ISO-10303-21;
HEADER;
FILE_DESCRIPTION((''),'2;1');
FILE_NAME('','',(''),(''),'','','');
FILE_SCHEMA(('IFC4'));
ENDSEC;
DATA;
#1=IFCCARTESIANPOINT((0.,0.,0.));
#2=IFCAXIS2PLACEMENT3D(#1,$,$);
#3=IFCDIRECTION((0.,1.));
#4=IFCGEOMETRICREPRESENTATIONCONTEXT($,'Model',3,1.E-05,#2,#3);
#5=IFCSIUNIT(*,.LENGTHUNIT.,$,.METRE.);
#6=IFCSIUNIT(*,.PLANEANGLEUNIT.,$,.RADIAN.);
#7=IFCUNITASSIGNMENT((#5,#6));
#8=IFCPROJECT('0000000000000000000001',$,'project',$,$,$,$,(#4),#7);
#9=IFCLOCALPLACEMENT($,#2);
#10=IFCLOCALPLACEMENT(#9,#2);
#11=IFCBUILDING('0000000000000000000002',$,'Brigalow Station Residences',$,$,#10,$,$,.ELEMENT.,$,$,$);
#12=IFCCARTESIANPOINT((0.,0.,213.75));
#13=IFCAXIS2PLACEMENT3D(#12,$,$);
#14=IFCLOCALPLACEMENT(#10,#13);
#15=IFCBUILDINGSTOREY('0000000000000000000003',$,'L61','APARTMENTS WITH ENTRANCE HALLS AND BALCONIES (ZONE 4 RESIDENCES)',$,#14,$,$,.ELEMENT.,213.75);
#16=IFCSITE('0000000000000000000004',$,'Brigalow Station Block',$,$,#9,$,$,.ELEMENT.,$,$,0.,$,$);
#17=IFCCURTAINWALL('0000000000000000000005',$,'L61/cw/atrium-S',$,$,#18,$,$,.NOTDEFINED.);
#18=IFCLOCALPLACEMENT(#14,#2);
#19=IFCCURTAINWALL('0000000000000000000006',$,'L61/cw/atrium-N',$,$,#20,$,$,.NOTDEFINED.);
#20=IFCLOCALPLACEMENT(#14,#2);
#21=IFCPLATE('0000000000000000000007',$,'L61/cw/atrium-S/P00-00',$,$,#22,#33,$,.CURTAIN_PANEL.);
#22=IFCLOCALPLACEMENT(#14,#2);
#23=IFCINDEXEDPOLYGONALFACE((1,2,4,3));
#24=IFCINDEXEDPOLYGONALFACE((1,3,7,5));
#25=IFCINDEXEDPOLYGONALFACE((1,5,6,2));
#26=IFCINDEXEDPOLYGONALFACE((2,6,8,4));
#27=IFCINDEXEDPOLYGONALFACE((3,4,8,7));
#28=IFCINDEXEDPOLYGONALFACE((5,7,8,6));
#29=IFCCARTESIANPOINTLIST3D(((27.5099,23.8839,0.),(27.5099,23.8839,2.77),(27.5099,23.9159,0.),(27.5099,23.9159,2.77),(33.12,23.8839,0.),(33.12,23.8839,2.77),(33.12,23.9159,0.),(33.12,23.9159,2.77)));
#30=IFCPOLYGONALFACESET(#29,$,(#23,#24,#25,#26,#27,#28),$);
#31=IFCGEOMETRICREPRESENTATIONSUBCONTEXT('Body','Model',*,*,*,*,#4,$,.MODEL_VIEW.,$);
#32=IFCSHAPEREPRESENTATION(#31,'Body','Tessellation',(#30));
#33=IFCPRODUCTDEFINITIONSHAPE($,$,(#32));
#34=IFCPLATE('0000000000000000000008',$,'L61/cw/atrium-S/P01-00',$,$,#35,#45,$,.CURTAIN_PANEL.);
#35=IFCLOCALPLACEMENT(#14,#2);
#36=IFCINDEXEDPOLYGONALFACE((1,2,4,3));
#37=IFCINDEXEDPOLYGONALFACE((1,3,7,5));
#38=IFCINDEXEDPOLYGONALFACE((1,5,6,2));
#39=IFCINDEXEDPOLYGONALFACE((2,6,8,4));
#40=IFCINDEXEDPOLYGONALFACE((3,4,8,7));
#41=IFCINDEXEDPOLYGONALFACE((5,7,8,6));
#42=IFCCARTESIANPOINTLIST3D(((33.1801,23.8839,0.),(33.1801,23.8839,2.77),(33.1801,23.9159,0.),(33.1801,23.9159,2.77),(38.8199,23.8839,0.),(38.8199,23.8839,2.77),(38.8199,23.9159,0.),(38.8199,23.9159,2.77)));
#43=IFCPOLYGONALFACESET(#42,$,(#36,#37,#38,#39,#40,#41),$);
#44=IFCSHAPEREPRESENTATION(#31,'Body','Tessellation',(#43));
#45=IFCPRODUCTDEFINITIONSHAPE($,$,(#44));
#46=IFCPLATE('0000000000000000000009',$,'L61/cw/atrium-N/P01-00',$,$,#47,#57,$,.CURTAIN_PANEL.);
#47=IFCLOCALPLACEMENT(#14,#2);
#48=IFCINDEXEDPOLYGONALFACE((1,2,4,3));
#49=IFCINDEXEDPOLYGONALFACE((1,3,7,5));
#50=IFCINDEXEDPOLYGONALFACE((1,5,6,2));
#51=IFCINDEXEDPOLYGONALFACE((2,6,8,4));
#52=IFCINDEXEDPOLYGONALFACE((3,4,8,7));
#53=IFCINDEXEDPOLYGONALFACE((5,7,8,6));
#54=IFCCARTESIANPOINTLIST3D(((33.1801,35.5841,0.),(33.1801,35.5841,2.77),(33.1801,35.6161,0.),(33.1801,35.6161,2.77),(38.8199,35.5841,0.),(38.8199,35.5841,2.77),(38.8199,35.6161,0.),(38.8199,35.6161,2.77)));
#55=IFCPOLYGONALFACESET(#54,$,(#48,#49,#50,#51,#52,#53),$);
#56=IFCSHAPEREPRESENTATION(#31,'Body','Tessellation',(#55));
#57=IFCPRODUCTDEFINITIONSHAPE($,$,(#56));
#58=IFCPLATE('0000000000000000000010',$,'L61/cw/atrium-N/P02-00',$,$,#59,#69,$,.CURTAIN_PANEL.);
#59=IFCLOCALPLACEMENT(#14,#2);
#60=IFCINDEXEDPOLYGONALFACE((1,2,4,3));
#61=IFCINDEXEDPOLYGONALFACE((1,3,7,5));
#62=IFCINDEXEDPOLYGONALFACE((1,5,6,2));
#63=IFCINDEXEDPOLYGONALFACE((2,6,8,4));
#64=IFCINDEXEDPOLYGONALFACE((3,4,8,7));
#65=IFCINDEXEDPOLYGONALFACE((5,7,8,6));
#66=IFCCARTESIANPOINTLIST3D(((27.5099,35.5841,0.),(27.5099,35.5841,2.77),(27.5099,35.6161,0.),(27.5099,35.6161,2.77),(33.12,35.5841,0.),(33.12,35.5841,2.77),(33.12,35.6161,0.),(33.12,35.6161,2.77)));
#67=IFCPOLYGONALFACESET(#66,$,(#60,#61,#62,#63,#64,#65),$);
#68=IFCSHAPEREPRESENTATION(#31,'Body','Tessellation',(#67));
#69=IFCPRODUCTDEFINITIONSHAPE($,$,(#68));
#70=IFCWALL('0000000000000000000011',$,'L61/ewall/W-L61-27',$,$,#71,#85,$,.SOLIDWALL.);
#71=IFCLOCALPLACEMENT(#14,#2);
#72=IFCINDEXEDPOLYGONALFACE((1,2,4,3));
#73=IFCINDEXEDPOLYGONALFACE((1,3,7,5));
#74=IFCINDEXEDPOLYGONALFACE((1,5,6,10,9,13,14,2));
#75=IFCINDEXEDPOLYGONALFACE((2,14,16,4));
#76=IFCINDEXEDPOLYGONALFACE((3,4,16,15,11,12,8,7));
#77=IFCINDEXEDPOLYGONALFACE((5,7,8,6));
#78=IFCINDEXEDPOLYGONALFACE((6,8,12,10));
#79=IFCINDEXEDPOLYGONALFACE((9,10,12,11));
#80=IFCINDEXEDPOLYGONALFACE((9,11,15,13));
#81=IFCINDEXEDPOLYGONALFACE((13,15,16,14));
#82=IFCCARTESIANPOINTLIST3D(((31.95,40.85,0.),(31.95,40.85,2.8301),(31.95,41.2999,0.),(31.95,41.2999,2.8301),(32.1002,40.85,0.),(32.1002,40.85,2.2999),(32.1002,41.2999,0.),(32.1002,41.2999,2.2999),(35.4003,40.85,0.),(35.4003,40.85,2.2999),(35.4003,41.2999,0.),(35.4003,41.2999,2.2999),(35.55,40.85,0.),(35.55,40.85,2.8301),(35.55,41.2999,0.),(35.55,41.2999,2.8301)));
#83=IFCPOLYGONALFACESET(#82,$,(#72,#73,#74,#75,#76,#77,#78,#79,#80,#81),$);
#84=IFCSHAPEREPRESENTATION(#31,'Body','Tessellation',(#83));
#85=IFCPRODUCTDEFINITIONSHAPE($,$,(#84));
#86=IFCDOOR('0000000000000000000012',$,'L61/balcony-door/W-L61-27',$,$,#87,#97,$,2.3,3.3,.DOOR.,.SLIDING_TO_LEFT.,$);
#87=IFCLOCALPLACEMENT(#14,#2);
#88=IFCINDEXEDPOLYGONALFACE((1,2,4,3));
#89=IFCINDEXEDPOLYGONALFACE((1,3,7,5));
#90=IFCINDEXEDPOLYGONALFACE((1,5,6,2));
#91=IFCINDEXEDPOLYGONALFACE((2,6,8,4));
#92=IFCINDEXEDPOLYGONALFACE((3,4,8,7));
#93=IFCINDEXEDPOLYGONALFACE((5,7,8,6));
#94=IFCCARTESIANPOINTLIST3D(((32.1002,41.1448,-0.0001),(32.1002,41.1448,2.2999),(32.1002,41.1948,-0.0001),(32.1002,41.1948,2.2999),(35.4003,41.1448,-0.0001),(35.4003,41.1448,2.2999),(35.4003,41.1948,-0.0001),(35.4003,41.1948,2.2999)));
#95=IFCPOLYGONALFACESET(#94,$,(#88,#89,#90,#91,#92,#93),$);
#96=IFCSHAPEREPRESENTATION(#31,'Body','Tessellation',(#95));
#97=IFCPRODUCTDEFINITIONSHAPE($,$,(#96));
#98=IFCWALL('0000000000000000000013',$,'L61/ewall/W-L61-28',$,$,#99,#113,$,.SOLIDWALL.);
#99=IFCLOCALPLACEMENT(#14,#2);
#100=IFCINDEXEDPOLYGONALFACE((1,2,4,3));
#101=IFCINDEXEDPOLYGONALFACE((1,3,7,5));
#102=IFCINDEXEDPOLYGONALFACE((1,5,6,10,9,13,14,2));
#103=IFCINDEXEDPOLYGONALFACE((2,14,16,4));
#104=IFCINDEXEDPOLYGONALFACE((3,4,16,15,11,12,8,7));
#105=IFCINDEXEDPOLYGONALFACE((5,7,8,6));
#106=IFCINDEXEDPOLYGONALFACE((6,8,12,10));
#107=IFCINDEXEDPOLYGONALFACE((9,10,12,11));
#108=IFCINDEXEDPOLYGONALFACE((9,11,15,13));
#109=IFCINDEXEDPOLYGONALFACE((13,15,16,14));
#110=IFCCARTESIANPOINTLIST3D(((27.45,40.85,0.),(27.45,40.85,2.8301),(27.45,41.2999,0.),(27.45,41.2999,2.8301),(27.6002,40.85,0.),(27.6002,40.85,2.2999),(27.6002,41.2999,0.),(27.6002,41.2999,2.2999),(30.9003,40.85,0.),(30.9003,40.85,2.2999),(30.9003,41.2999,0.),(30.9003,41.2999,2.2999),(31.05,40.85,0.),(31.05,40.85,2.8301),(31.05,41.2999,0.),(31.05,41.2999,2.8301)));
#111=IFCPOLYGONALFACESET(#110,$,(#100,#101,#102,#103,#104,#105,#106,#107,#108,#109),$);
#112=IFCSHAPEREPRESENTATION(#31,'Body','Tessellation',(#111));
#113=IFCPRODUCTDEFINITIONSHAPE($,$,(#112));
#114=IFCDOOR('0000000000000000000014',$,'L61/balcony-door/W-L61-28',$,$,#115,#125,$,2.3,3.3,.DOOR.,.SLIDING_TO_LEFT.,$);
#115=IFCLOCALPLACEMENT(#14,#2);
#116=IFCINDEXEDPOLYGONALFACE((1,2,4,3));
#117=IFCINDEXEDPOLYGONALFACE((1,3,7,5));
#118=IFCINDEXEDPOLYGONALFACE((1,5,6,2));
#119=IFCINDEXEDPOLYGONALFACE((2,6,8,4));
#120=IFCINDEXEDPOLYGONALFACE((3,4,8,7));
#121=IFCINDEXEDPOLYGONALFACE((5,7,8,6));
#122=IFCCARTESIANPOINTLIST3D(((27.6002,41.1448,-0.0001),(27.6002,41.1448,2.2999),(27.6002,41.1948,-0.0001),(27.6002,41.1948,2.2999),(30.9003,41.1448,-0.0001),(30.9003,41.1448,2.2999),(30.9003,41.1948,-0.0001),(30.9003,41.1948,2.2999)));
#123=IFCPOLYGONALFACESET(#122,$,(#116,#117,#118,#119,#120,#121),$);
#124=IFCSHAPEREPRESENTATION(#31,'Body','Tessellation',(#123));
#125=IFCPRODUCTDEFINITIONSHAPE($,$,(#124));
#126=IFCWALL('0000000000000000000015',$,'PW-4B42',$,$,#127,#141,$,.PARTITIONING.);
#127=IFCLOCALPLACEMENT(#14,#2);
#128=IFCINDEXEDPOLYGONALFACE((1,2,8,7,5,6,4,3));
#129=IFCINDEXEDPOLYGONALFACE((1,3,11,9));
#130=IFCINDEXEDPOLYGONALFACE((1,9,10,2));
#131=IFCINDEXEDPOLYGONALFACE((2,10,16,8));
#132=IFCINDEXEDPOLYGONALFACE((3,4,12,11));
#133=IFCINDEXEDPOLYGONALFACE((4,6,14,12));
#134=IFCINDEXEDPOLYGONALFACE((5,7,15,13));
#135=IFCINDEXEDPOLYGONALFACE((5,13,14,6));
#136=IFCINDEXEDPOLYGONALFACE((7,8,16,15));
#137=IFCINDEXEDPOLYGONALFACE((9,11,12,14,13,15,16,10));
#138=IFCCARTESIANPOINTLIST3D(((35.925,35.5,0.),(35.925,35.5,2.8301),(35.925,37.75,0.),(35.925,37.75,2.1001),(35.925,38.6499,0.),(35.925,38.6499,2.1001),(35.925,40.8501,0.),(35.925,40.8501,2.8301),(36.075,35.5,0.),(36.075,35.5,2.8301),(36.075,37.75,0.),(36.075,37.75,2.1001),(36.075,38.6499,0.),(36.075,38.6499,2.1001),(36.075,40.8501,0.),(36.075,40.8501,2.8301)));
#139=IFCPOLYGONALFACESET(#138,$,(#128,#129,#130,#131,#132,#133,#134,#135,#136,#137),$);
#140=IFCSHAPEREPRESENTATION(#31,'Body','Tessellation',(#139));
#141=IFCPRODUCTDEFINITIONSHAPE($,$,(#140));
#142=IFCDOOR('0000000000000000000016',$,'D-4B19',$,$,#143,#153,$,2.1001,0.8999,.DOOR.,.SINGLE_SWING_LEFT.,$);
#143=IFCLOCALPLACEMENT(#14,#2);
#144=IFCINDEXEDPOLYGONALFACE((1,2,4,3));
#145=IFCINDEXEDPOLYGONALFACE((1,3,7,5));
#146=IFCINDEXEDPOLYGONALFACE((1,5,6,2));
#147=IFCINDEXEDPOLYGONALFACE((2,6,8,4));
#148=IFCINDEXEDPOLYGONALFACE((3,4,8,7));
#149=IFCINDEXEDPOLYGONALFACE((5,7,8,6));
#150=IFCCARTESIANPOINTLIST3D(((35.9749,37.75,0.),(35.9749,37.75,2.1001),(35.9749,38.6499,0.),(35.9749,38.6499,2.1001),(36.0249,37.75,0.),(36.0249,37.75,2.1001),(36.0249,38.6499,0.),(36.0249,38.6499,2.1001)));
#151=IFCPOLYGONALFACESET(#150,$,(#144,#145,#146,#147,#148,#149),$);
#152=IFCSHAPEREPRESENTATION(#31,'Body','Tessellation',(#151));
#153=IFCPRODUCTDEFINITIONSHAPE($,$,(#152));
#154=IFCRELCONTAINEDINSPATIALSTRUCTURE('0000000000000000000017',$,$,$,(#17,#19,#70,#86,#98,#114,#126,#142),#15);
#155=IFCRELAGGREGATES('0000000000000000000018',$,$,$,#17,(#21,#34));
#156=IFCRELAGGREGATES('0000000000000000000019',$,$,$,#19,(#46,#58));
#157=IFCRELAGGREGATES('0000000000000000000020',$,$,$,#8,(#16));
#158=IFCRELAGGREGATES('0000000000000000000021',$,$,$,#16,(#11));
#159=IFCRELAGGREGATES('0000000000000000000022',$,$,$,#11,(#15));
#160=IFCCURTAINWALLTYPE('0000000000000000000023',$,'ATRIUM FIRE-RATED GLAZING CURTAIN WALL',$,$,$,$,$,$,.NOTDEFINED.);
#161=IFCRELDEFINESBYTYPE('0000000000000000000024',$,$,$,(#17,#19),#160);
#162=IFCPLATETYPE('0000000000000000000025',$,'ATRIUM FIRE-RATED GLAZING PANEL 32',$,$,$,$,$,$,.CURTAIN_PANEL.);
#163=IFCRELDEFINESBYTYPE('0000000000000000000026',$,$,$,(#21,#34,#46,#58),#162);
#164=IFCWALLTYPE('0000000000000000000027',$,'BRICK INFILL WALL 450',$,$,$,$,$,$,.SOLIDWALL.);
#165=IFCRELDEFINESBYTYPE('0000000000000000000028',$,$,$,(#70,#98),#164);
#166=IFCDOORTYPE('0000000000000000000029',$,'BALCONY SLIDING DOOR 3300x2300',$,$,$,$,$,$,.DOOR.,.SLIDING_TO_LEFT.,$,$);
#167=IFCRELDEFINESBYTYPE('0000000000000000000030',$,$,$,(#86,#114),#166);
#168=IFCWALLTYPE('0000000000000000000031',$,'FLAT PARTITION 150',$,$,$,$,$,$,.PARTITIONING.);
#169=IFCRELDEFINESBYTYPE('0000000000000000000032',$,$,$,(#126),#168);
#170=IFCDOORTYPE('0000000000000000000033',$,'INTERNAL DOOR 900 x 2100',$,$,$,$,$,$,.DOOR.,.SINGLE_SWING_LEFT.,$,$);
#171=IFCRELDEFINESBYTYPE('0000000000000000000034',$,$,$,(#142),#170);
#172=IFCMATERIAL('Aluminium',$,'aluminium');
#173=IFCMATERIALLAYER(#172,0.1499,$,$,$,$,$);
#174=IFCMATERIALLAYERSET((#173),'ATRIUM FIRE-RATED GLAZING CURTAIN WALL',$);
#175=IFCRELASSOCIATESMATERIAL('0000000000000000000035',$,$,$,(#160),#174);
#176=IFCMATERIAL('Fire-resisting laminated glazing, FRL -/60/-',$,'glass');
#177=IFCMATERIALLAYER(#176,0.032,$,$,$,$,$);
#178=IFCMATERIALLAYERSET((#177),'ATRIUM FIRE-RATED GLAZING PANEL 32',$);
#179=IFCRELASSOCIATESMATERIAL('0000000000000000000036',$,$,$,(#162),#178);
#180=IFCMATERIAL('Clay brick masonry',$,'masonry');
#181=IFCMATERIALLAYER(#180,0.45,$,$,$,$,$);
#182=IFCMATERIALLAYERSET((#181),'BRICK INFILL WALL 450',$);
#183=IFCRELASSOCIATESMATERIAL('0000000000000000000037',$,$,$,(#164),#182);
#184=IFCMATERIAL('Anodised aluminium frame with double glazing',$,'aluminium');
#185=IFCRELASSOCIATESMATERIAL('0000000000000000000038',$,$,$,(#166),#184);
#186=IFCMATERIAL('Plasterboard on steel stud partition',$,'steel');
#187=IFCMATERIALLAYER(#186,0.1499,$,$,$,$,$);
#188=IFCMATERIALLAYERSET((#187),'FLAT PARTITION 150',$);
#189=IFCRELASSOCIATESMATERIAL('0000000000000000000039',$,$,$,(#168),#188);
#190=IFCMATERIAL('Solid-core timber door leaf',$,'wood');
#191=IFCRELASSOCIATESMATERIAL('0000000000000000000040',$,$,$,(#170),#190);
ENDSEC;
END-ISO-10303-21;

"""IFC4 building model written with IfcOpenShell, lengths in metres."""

from ifc_helpers import new_model, si_unit, direction, frame, frame_2d, origin, origin_2d, place, context, subcontext, project, spatial, rectangle, extrude, material, layer, layer_set, type_object, element, fill, aggregate, save


model = new_model("IFC4")

# Units and contexts
model_context = context("Model", 3, precision=1e-05, world=origin(), true_north=direction((0.0, 1.0)))
body_context = subcontext(model_context, "Body", "Model", "MODEL_VIEW")
ifc_project = project(units=[si_unit("LENGTHUNIT", "METRE"), si_unit("PLANEANGLEUNIT", "RADIAN")], contexts=[model_context])

# Site, building, storey
site_placement = place(None, origin())
site = spatial("IfcSite", under=ifc_project, at=site_placement, Name="Brigalow Station Block", CompositionType="ELEMENT", RefElevation=0.0)
building_placement = place(site_placement, origin())
building = spatial("IfcBuilding", under=site, at=building_placement, Name="Brigalow Station Residences", CompositionType="ELEMENT")
storey_placement = place(building_placement, frame((0.0, 0.0, 213.75)))
storey = spatial("IfcBuildingStorey", under=building, at=storey_placement, Name="L61", Description="APARTMENTS WITH ENTRANCE HALLS AND BALCONIES (ZONE 4 RESIDENCES)", CompositionType="ELEMENT", Elevation=213.75)

# Curtain walls
ifc_material_1 = material(Name="Aluminium", Category="aluminium")
ifc_layer_1 = layer(ifc_material_1, 0.1499)
ifc_layer_set_1 = layer_set([ifc_layer_1], Name="ATRIUM FIRE-RATED GLAZING CURTAIN WALL")
curtain_wall_type = type_object("IfcCurtainWallType", Name="ATRIUM FIRE-RATED GLAZING CURTAIN WALL", PredefinedType="NOTDEFINED", material=ifc_layer_set_1)
curtain_wall_1_placement = place(storey_placement, origin())
curtain_wall_1 = element("IfcCurtainWall", 1, at=curtain_wall_1_placement, inside=storey, type_object=curtain_wall_type, Name="L61/cw/atrium-S", PredefinedType="NOTDEFINED")
curtain_wall_2_placement = place(storey_placement, origin())
curtain_wall_2 = element("IfcCurtainWall", 2, at=curtain_wall_2_placement, inside=storey, type_object=curtain_wall_type, Name="L61/cw/atrium-N", PredefinedType="NOTDEFINED")

# Plates
ifc_material_2 = material(Name="Fire-resisting laminated glazing, FRL -/60/-", Category="glass")
ifc_layer_2 = layer(ifc_material_2, 0.032)
ifc_layer_set_2 = layer_set([ifc_layer_2], Name="ATRIUM FIRE-RATED GLAZING PANEL 32")
plate_type = type_object("IfcPlateType", Name="ATRIUM FIRE-RATED GLAZING PANEL 32", PredefinedType="CURTAIN_PANEL", material=ifc_layer_set_2)
plate_1_placement = place(storey_placement, frame((30.3149, 23.8999, 0.0), z_axis=(0.0, 0.0, 1.0), x_axis=(1.0, 0.0, 0.0)))
plate_1 = element("IfcPlate", 3, at=plate_1_placement, type_object=plate_type, Name="L61/cw/atrium-S/P00-00", PredefinedType="CURTAIN_PANEL", context=body_context, shape_type="SweptSolid", body=[
    extrude(rectangle(XDim=5.6101, YDim=0.032, at=origin_2d()), origin(), (0.0, 0.0, 1.0), 2.77),
])
plate_2_placement = place(storey_placement, frame((36.0, 23.8999, 0.0), z_axis=(0.0, 0.0, 1.0), x_axis=(1.0, 0.0, 0.0)))
plate_2 = element("IfcPlate", 4, at=plate_2_placement, type_object=plate_type, Name="L61/cw/atrium-S/P01-00", PredefinedType="CURTAIN_PANEL", context=body_context, shape_type="SweptSolid", body=[
    extrude(rectangle(XDim=5.6399, YDim=0.032, at=origin_2d()), origin(), (0.0, 0.0, 1.0), 2.77),
])
aggregate(curtain_wall_1, [plate_1, plate_2])
plate_3_placement = place(storey_placement, frame((36.0, 35.6001, 0.0), z_axis=(0.0, 0.0, 1.0), x_axis=(-1.0, 0.0, 0.0)))
plate_3 = element("IfcPlate", 5, at=plate_3_placement, type_object=plate_type, Name="L61/cw/atrium-N/P01-00", PredefinedType="CURTAIN_PANEL", context=body_context, shape_type="SweptSolid", body=[
    extrude(rectangle(XDim=5.6399, YDim=0.032, at=origin_2d()), origin(), (0.0, 0.0, 1.0), 2.77),
])
plate_4_placement = place(storey_placement, frame((30.3149, 35.6001, 0.0), z_axis=(0.0, 0.0, 1.0), x_axis=(-1.0, 0.0, 0.0)))
plate_4 = element("IfcPlate", 6, at=plate_4_placement, type_object=plate_type, Name="L61/cw/atrium-N/P02-00", PredefinedType="CURTAIN_PANEL", context=body_context, shape_type="SweptSolid", body=[
    extrude(rectangle(XDim=5.6101, YDim=0.032, at=origin_2d()), origin(), (0.0, 0.0, 1.0), 2.77),
])
aggregate(curtain_wall_2, [plate_3, plate_4])

# Walls, openings, doors
ifc_material_3 = material(Name="Clay brick masonry", Category="masonry")
ifc_layer_3 = layer(ifc_material_3, 0.45)
ifc_layer_set_3 = layer_set([ifc_layer_3], Name="BRICK INFILL WALL 450")
wall_type_1 = type_object("IfcWallType", Name="BRICK INFILL WALL 450", PredefinedType="SOLIDWALL", material=ifc_layer_set_3)
wall_1_placement = place(storey_placement, frame((35.55, 41.075, 0.0), z_axis=(0.0, 0.0, 1.0), x_axis=(-1.0, 0.0, 0.0)))
wall_1 = element("IfcWall", 7, at=wall_1_placement, inside=storey, type_object=wall_type_1, Name="L61/ewall/W-L61-27", PredefinedType="SOLIDWALL", context=body_context, shape_type="SweptSolid", body=[
    extrude(rectangle(XDim=3.6001, YDim=0.45, at=frame_2d((1.8, 0.0))), origin(), (0.0, 0.0, 1.0), 2.8301),
])
opening_1_placement = place(wall_1_placement, frame((0.1499, 0.0, 0.0)))
opening_1 = element("IfcOpeningElement", 8, at=opening_1_placement, cuts=wall_1, PredefinedType="OPENING", context=body_context, shape_type="SweptSolid", body=[
    extrude(rectangle(XDim=3.3, YDim=2.3, at=frame_2d((1.6499, 1.1499))), frame((0.0, 0.2349, 0.0), z_axis=(0.0, -1.0, 0.0), x_axis=(1.0, 0.0, 0.0)), (0.0, 0.0, 1.0), 0.47),
])
ifc_material_4 = material(Name="Anodised aluminium frame with double glazing", Category="aluminium")
door_type_1 = type_object("IfcDoorType", Name="BALCONY SLIDING DOOR 3300x2300", OperationType="SLIDING_TO_LEFT", PredefinedType="DOOR", material=ifc_material_4)
door_1_placement = place(opening_1_placement, origin())
door_1 = element("IfcDoor", 9, at=door_1_placement, inside=storey, type_object=door_type_1, Name="L61/balcony-door/W-L61-27", OperationType="SLIDING_TO_LEFT", OverallHeight=2.3, OverallWidth=3.3, PredefinedType="DOOR", context=body_context, shape_type="SweptSolid", body=[
    extrude(rectangle(XDim=3.3, YDim=2.3, at=frame_2d((1.6499, 1.1499))), frame((0.0, -0.0698, 0.0), z_axis=(0.0, -1.0, 0.0), x_axis=(1.0, 0.0, 0.0)), (0.0, 0.0, 1.0), 0.05),
])
fill(opening_1, door_1)
wall_2_placement = place(storey_placement, frame((31.05, 41.075, 0.0), z_axis=(0.0, 0.0, 1.0), x_axis=(-1.0, 0.0, 0.0)))
wall_2 = element("IfcWall", 10, at=wall_2_placement, inside=storey, type_object=wall_type_1, Name="L61/ewall/W-L61-28", PredefinedType="SOLIDWALL", context=body_context, shape_type="SweptSolid", body=[
    extrude(rectangle(XDim=3.6001, YDim=0.45, at=frame_2d((1.8, 0.0))), origin(), (0.0, 0.0, 1.0), 2.8301),
])
opening_2_placement = place(wall_2_placement, frame((0.1499, 0.0, 0.0)))
opening_2 = element("IfcOpeningElement", 11, at=opening_2_placement, cuts=wall_2, PredefinedType="OPENING", context=body_context, shape_type="SweptSolid", body=[
    extrude(rectangle(XDim=3.3, YDim=2.3, at=frame_2d((1.6499, 1.1499))), frame((0.0, 0.2349, 0.0), z_axis=(0.0, -1.0, 0.0), x_axis=(1.0, 0.0, 0.0)), (0.0, 0.0, 1.0), 0.47),
])
door_2_placement = place(opening_2_placement, origin())
door_2 = element("IfcDoor", 12, at=door_2_placement, inside=storey, type_object=door_type_1, Name="L61/balcony-door/W-L61-28", OperationType="SLIDING_TO_LEFT", OverallHeight=2.3, OverallWidth=3.3, PredefinedType="DOOR", context=body_context, shape_type="SweptSolid", body=[
    extrude(rectangle(XDim=3.3, YDim=2.3, at=frame_2d((1.6499, 1.1499))), frame((0.0, -0.0698, 0.0), z_axis=(0.0, -1.0, 0.0), x_axis=(1.0, 0.0, 0.0)), (0.0, 0.0, 1.0), 0.05),
])
fill(opening_2, door_2)
ifc_material_5 = material(Name="Plasterboard on steel stud partition", Category="steel")
ifc_layer_4 = layer(ifc_material_5, 0.1499)
ifc_layer_set_4 = layer_set([ifc_layer_4], Name="FLAT PARTITION 150")
wall_type_2 = type_object("IfcWallType", Name="FLAT PARTITION 150", PredefinedType="PARTITIONING", material=ifc_layer_set_4)
wall_3_placement = place(storey_placement, frame((36.0, 35.5, 0.0), z_axis=(0.0, 0.0, 1.0), x_axis=(0.0, 1.0, 0.0)))
wall_3 = element("IfcWall", 13, at=wall_3_placement, inside=storey, type_object=wall_type_2, Name="PW-4B42", PredefinedType="PARTITIONING", context=body_context, shape_type="SweptSolid", body=[
    extrude(rectangle(XDim=5.3501, YDim=0.1499, at=frame_2d((2.675, 0.0))), origin(), (0.0, 0.0, 1.0), 2.8301),
])
opening_3_placement = place(wall_3_placement, frame((2.25, 0.0, 0.0)))
opening_3 = element("IfcOpeningElement", 14, at=opening_3_placement, cuts=wall_3, PredefinedType="OPENING", context=body_context, shape_type="SweptSolid", body=[
    extrude(rectangle(XDim=0.8999, YDim=2.1001, at=frame_2d((0.45, 1.05))), frame((0.0, 0.085, 0.0), z_axis=(0.0, -1.0, 0.0), x_axis=(1.0, 0.0, 0.0)), (0.0, 0.0, 1.0), 0.1699),
])
ifc_material_6 = material(Name="Solid-core timber door leaf", Category="wood")
door_type_2 = type_object("IfcDoorType", Name="INTERNAL DOOR 900 x 2100", OperationType="SINGLE_SWING_LEFT", PredefinedType="DOOR", material=ifc_material_6)
door_3_placement = place(opening_3_placement, frame((0.8999, 0.0, 0.0), z_axis=(0.0, 0.0, 1.0), x_axis=(-1.0, 0.0, 0.0)))
door_3 = element("IfcDoor", 15, at=door_3_placement, inside=storey, type_object=door_type_2, Name="D-4B19", OperationType="SINGLE_SWING_LEFT", OverallHeight=2.1001, OverallWidth=0.8999, PredefinedType="DOOR", context=body_context, shape_type="SweptSolid", body=[
    extrude(rectangle(XDim=0.8999, YDim=2.1001, at=frame_2d((0.45, 1.05))), frame((0.0, 0.0249, 0.0), z_axis=(0.0, -1.0, 0.0), x_axis=(1.0, 0.0, 0.0)), (0.0, 0.0, 1.0), 0.05),
])
fill(opening_3, door_3)

save(model, "model.ifc")
